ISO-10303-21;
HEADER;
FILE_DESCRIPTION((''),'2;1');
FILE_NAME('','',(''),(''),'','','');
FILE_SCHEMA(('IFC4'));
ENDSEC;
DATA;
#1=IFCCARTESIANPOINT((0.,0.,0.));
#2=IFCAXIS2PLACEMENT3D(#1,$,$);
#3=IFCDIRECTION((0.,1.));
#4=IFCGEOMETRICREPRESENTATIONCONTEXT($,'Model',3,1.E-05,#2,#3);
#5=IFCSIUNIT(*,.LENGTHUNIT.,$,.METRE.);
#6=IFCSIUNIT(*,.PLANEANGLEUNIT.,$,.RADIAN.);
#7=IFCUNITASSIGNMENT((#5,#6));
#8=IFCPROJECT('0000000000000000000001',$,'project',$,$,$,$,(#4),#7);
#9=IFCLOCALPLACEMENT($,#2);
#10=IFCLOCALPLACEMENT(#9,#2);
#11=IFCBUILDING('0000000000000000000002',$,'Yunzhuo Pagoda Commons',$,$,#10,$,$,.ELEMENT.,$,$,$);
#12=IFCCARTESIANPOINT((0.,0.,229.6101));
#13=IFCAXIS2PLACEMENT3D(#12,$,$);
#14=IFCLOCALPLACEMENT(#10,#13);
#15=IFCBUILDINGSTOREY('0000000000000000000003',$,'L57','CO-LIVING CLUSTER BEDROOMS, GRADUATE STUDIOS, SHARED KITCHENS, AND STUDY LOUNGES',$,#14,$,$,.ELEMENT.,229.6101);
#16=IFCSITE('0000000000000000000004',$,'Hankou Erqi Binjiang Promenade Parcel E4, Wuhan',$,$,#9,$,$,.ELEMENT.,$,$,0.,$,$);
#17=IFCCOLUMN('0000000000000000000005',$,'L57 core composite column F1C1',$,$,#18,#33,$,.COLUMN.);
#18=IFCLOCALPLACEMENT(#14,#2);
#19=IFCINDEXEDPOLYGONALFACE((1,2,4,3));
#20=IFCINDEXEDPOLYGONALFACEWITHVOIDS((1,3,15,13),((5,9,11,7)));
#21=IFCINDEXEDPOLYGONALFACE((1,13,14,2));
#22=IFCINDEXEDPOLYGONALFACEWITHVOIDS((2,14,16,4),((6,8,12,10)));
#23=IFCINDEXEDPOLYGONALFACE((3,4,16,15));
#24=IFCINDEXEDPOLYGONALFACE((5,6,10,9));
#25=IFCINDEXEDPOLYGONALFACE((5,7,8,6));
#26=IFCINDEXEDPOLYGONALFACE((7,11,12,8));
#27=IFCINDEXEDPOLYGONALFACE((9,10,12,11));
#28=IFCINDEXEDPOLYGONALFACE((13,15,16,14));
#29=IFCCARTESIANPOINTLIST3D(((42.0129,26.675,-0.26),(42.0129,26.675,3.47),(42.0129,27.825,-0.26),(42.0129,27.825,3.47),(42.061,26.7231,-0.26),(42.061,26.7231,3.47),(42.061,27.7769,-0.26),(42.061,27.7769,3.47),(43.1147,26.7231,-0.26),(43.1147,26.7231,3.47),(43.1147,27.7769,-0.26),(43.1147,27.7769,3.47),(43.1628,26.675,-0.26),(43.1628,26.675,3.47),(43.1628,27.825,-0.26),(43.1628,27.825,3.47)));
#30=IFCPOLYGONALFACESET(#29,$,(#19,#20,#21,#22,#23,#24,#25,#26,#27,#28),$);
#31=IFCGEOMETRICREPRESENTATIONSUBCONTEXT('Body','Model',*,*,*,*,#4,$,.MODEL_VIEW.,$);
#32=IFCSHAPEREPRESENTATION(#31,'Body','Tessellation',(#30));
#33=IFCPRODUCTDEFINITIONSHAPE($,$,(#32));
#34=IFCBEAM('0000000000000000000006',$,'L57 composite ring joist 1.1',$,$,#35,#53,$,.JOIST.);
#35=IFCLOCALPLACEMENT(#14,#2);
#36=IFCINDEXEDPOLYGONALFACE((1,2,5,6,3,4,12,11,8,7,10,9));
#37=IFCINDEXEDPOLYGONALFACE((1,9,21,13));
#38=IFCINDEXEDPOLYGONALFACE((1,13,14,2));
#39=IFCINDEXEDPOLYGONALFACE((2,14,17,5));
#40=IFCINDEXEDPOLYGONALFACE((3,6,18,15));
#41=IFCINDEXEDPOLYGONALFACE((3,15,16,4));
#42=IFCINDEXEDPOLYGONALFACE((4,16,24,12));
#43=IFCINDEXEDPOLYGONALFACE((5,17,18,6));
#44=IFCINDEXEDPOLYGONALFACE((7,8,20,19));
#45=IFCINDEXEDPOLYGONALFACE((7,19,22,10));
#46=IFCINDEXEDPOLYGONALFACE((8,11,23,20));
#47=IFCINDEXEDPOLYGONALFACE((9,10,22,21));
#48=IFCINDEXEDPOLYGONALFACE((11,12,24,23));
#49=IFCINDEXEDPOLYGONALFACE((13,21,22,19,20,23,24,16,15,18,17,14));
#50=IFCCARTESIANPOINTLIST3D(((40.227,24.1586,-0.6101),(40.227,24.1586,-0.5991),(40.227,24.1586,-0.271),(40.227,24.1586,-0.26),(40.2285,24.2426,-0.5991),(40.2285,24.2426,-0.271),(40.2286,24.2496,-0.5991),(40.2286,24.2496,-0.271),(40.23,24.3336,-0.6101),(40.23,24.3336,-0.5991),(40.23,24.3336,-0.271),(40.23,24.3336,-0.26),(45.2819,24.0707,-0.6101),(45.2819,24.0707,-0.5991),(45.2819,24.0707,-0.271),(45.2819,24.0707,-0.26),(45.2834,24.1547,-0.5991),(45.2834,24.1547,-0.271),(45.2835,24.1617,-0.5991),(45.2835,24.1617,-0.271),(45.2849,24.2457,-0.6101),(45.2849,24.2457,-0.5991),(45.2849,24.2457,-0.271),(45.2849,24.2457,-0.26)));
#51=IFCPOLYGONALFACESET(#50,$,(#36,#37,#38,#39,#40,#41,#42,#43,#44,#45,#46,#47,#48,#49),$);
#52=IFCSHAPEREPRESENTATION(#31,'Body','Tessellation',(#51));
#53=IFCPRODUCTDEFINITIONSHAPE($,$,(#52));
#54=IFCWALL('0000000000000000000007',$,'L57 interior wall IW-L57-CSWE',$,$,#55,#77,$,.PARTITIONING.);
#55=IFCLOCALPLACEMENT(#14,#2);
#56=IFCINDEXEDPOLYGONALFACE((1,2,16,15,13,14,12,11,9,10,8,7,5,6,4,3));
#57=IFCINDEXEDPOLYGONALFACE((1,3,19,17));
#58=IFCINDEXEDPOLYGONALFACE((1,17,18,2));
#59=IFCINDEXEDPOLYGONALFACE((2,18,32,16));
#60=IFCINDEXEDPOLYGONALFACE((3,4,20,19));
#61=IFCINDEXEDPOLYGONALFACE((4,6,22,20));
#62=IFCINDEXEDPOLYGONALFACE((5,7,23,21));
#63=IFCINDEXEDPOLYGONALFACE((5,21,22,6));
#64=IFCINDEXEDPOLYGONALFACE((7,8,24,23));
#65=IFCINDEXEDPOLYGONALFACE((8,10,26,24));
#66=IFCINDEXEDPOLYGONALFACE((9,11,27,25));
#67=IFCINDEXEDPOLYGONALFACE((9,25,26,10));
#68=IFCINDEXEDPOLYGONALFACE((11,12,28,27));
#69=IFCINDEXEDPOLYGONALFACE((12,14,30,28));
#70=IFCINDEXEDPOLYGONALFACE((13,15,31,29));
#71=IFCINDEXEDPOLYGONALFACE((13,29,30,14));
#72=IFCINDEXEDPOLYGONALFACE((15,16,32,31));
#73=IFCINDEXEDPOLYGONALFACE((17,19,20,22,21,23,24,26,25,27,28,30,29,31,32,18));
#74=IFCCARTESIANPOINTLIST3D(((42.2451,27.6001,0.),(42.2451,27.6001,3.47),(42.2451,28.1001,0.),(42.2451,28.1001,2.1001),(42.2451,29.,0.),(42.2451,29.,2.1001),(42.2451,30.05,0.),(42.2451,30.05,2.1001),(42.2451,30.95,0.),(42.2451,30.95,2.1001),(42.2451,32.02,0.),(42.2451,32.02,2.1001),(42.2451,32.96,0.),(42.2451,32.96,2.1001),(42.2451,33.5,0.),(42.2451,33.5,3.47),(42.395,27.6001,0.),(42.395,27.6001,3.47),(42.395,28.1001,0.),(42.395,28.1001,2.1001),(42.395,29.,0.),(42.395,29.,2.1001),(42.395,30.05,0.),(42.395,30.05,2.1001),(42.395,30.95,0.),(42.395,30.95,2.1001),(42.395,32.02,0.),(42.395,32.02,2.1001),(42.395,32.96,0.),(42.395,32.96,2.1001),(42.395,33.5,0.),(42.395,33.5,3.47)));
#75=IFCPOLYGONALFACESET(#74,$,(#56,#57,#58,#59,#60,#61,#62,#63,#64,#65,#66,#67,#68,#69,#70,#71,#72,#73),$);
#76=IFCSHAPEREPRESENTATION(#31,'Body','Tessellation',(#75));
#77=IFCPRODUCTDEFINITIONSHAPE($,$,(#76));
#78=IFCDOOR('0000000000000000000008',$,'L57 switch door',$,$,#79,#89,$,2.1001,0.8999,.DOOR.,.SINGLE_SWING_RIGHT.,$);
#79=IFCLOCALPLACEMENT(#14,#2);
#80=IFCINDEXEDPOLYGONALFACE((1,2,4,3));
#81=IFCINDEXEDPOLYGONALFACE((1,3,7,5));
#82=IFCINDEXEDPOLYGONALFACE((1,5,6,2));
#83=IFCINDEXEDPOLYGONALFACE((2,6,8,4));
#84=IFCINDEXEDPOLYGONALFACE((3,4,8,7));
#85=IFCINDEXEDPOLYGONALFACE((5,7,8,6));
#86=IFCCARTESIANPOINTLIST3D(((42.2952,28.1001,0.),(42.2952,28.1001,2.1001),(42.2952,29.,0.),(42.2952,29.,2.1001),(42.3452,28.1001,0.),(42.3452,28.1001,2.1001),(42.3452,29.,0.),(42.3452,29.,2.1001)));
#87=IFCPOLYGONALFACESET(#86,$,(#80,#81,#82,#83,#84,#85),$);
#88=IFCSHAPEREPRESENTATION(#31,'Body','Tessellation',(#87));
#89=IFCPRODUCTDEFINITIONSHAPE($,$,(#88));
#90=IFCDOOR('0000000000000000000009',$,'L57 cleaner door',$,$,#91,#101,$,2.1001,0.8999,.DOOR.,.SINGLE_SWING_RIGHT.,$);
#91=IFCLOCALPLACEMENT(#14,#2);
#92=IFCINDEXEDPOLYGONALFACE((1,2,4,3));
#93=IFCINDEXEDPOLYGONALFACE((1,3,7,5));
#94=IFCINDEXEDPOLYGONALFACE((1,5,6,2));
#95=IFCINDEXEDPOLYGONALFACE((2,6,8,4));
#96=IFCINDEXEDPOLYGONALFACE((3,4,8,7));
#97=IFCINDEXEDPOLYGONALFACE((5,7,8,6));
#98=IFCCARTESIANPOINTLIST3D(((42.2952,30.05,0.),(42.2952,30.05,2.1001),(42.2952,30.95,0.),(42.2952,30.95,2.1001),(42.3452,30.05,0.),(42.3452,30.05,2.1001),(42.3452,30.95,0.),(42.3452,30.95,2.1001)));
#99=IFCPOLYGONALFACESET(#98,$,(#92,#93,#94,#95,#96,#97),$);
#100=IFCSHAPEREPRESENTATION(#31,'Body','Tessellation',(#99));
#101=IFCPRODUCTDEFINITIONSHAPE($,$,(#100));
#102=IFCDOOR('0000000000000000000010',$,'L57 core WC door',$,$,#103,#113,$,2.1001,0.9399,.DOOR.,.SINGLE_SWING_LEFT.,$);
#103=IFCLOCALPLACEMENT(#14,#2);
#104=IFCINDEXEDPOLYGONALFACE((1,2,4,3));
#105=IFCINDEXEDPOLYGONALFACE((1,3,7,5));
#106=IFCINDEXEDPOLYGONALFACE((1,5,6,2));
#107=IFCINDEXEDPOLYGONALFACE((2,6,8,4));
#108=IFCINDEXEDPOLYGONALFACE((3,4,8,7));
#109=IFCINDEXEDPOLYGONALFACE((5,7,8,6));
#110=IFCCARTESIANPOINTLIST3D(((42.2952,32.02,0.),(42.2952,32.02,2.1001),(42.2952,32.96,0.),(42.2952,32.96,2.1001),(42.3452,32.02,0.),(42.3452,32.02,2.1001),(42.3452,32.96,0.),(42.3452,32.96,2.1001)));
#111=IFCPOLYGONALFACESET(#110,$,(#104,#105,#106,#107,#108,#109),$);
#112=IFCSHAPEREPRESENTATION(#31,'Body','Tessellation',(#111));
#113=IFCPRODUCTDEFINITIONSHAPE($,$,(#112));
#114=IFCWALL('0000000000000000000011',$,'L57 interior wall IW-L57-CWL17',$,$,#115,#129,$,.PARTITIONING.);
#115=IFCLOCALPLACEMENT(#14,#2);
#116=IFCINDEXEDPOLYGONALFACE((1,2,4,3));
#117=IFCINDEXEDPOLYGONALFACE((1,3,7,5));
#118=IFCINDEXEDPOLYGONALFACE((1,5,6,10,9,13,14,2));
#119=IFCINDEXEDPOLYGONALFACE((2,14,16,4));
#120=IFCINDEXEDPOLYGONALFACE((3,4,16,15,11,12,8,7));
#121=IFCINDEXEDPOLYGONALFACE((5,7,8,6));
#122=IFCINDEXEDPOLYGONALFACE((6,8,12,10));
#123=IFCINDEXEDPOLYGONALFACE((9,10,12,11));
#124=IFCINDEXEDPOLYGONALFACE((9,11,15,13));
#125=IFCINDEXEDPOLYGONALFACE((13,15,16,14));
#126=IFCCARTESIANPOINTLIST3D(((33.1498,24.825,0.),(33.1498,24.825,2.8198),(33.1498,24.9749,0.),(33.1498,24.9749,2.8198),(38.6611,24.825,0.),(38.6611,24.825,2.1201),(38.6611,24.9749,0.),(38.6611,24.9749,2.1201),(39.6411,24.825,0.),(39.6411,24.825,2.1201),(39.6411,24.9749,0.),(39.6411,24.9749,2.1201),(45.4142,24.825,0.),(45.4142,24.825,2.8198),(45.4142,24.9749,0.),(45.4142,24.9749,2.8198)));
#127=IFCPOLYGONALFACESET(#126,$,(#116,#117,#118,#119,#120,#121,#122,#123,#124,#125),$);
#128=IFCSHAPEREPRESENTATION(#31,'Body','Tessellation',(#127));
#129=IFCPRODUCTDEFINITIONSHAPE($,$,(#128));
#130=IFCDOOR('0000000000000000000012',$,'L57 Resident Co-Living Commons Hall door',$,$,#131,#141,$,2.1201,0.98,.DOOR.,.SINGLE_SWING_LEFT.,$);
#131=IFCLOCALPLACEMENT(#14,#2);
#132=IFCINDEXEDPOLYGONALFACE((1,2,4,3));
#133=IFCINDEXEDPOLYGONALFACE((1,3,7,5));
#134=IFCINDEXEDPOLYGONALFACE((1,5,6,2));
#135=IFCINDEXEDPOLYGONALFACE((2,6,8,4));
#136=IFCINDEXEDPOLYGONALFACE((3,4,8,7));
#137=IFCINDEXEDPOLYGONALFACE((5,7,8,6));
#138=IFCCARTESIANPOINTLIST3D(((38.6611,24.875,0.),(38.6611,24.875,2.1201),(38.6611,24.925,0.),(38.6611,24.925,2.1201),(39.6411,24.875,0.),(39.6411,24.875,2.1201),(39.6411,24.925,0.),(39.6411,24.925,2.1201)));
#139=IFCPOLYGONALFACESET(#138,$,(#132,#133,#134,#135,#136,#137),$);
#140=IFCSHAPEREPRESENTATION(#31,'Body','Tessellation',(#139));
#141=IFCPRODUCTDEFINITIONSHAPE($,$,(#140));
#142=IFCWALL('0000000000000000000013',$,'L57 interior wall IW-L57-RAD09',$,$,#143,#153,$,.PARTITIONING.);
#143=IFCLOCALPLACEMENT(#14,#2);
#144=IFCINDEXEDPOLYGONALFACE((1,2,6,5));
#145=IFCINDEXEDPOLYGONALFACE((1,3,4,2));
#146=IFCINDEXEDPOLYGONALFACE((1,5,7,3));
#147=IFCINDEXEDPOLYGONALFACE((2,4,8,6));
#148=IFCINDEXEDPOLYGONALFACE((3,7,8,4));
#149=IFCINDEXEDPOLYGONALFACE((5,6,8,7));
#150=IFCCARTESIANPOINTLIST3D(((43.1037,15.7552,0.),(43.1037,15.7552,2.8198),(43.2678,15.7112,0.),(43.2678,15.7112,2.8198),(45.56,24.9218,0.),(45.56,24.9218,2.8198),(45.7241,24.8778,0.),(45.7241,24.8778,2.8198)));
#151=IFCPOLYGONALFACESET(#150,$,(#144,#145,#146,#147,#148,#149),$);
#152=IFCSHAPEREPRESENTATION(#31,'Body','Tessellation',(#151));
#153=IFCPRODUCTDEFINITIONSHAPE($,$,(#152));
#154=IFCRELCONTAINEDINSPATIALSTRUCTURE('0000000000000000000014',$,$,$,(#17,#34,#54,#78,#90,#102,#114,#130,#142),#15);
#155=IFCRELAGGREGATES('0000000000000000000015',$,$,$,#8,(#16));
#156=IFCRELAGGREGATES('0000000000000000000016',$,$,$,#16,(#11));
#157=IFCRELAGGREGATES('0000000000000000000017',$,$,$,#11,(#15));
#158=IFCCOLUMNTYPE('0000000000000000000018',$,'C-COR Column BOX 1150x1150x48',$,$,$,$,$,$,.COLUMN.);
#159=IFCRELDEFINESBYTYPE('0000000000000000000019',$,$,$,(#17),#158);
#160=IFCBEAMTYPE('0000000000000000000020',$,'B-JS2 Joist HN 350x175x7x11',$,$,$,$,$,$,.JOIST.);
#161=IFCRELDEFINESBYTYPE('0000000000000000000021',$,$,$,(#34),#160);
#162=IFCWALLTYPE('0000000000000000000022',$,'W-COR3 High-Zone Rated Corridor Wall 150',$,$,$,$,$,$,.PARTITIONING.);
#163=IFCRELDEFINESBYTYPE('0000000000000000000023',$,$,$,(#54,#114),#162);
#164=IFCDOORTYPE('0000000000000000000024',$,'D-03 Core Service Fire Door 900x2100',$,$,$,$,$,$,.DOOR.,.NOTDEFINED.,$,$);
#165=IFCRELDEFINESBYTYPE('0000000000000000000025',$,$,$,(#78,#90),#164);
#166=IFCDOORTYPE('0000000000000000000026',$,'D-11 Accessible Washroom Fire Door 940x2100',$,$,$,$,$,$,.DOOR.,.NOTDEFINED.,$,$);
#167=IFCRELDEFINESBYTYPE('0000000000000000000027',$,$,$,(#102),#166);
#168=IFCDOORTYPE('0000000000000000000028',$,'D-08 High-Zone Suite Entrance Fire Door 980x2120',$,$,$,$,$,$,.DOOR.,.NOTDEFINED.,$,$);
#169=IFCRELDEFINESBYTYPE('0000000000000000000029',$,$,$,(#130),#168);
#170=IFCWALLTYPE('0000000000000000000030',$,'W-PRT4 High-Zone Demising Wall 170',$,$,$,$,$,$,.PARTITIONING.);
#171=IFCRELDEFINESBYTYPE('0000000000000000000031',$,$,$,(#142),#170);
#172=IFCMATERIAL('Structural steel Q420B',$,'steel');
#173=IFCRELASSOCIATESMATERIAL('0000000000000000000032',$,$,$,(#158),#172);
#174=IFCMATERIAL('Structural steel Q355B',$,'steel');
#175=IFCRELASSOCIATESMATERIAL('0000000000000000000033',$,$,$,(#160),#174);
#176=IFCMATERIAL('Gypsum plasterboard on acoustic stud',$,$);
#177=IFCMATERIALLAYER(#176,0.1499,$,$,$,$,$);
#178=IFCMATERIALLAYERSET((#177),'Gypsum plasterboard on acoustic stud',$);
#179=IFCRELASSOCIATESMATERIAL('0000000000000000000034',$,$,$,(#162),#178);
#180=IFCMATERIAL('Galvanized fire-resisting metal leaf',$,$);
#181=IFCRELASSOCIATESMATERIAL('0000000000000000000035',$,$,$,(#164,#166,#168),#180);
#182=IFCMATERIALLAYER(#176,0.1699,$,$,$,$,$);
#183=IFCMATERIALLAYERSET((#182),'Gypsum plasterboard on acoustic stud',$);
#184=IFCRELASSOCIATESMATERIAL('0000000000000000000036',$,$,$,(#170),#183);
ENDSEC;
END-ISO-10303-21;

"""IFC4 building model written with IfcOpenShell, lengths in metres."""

from ifc_helpers import new_model, si_unit, direction, frame, frame_2d, origin, origin_with_axes, origin_2d, place, context, subcontext, project, spatial, rectangle, hollow_rectangle, i_section, extrude, source, transform, mapped, material, layer, layer_set, material_profile, profile_set, type_object, element, fill, save


model = new_model("IFC4")

# Units and contexts
model_context = context("Model", 3, precision=1e-05, world=origin(), true_north=direction((0.0, 1.0)))
body_context = subcontext(model_context, "Body", "Model", "MODEL_VIEW")
ifc_project = project(units=[si_unit("LENGTHUNIT", "METRE"), si_unit("PLANEANGLEUNIT", "RADIAN")], contexts=[model_context])

# Site, building, storey
site_placement = place(None, origin())
site = spatial("IfcSite", under=ifc_project, at=site_placement, Name="Hankou Erqi Binjiang Promenade Parcel E4, Wuhan", CompositionType="ELEMENT", RefElevation=0.0)
building_placement = place(site_placement, origin())
building = spatial("IfcBuilding", under=site, at=building_placement, Name="Yunzhuo Pagoda Commons", CompositionType="ELEMENT")
storey_placement = place(building_placement, frame((0.0, 0.0, 229.6101)))
storey = spatial("IfcBuildingStorey", under=building, at=storey_placement, Name="L57", Description="CO-LIVING CLUSTER BEDROOMS, GRADUATE STUDIOS, SHARED KITCHENS, AND STUDY LOUNGES", CompositionType="ELEMENT", Elevation=229.6101)

# Column
ifc_material_1 = material(Name="Structural steel Q420B", Category="steel")
ifc_material_profile_1 = material_profile(ifc_material_1, hollow_rectangle(XDim=1.1499, YDim=1.1499, WallThickness=0.0481, at=origin_2d()), Name="Structural steel Q420B")
ifc_profile_set_1 = profile_set([ifc_material_profile_1], Name="Structural steel Q420B")
column_type = type_object("IfcColumnType", Name="C-COR Column BOX 1150x1150x48", PredefinedType="COLUMN", material=ifc_profile_set_1)
shared_shape_1 = source(origin(), body_context, "Body", "SweptSolid", [
    extrude(hollow_rectangle(XDim=1.1499, YDim=1.1499, WallThickness=0.0481, at=origin_2d()), origin(), (0.0, 0.0, 1.0), 3.73),
])
column_placement = place(storey_placement, frame((42.5879, 27.25, -0.26), z_axis=(0.0, 0.0, 1.0), x_axis=(1.0, 0.0, 0.0)))
element("IfcColumn", 1, at=column_placement, inside=storey, type_object=column_type, Name="L57 core composite column F1C1", PredefinedType="COLUMN", context=body_context, shape_type="MappedRepresentation", body=[
    mapped(shared_shape_1, transform((0.0, 0.0, 0.0), scale=1.0)),
])

# Beam
ifc_material_2 = material(Name="Structural steel Q355B", Category="steel")
ifc_material_profile_2 = material_profile(ifc_material_2, i_section(OverallWidth=0.175, OverallDepth=0.3501, WebThickness=0.0071, FlangeThickness=0.011, at=origin_2d()), Name="Structural steel Q355B")
ifc_profile_set_2 = profile_set([ifc_material_profile_2], Name="Structural steel Q355B")
beam_type = type_object("IfcBeamType", Name="B-JS2 Joist HN 350x175x7x11", PredefinedType="JOIST", material=ifc_profile_set_2)
shared_shape_2 = source(origin(), body_context, "Body", "SweptSolid", [
    extrude(i_section(OverallWidth=0.175, OverallDepth=0.3501, WebThickness=0.0071, FlangeThickness=0.011, at=origin_2d()), origin(), (0.0, 0.0, 1.0), 5.0557),
])
beam_placement = place(storey_placement, frame((40.2285, 24.2461, -0.4351), z_axis=(0.999849, -0.017384, 0.0), x_axis=(0.017384, 0.999849, 0.0)))
element("IfcBeam", 2, at=beam_placement, inside=storey, type_object=beam_type, Name="L57 composite ring joist 1.1", PredefinedType="JOIST", context=body_context, shape_type="MappedRepresentation", body=[
    mapped(shared_shape_2, transform((0.0, 0.0, 0.0), scale=1.0)),
])

# Wall, openings, doors
ifc_material_3 = material(Name="Gypsum plasterboard on acoustic stud")
ifc_layer_1 = layer(ifc_material_3, 0.1499)
ifc_layer_set_1 = layer_set([ifc_layer_1], Name="Gypsum plasterboard on acoustic stud")
wall_type_1 = type_object("IfcWallType", Name="W-COR3 High-Zone Rated Corridor Wall 150", PredefinedType="PARTITIONING", material=ifc_layer_set_1)
wall_1_placement = place(storey_placement, frame((42.3201, 27.6001, 0.0), z_axis=(0.0, 0.0, 1.0), x_axis=(0.0, 1.0, 0.0)))
wall_1 = element("IfcWall", 3, at=wall_1_placement, inside=storey, type_object=wall_type_1, Name="L57 interior wall IW-L57-CSWE", PredefinedType="PARTITIONING", context=body_context, shape_type="SweptSolid", body=[
    extrude(rectangle(XDim=5.8999, YDim=0.1499, at=frame_2d((2.95, 0.0))), origin(), (0.0, 0.0, 1.0), 3.47),
])
opening_1_placement = place(wall_1_placement, frame((0.5, 0.0, 0.0)))
opening_1 = element("IfcOpeningElement", 4, at=opening_1_placement, cuts=wall_1, PredefinedType="OPENING", context=body_context, shape_type="SweptSolid", body=[
    extrude(rectangle(XDim=0.8999, YDim=2.1001, at=frame_2d((0.45, 1.05))), frame((0.0, 0.085, 0.0), z_axis=(0.0, -1.0, 0.0), x_axis=(1.0, 0.0, 0.0)), (0.0, 0.0, 1.0), 0.1699),
])
opening_2_placement = place(wall_1_placement, frame((2.45, 0.0, 0.0)))
opening_2 = element("IfcOpeningElement", 5, at=opening_2_placement, cuts=wall_1, PredefinedType="OPENING", context=body_context, shape_type="SweptSolid", body=[
    extrude(rectangle(XDim=0.8999, YDim=2.1001, at=frame_2d((0.45, 1.05))), frame((0.0, 0.085, 0.0), z_axis=(0.0, -1.0, 0.0), x_axis=(1.0, 0.0, 0.0)), (0.0, 0.0, 1.0), 0.1699),
])
opening_3_placement = place(wall_1_placement, frame((4.4199, 0.0, 0.0)))
opening_3 = element("IfcOpeningElement", 6, at=opening_3_placement, cuts=wall_1, PredefinedType="OPENING", context=body_context, shape_type="SweptSolid", body=[
    extrude(rectangle(XDim=0.9399, YDim=2.1001, at=frame_2d((0.47, 1.05))), frame((0.0, 0.085, 0.0), z_axis=(0.0, -1.0, 0.0), x_axis=(1.0, 0.0, 0.0)), (0.0, 0.0, 1.0), 0.1699),
])
ifc_material_4 = material(Name="Galvanized fire-resisting metal leaf")
door_type_1 = type_object("IfcDoorType", Name="D-03 Core Service Fire Door 900x2100", OperationType="NOTDEFINED", PredefinedType="DOOR", material=ifc_material_4)
shared_shape_3 = source(origin(), body_context, "Body", "SweptSolid", [
    extrude(rectangle(XDim=0.8999, YDim=2.1001, at=frame_2d((0.45, 1.05))), frame((0.0, 0.0249, 0.0), z_axis=(0.0, -1.0, 0.0), x_axis=(1.0, 0.0, 0.0)), (0.0, 0.0, 1.0), 0.05),
])
door_1_placement = place(opening_1_placement, origin_with_axes())
door_1 = element("IfcDoor", 7, at=door_1_placement, inside=storey, type_object=door_type_1, Name="L57 switch door", OperationType="SINGLE_SWING_RIGHT", OverallHeight=2.1001, OverallWidth=0.8999, PredefinedType="DOOR", context=body_context, shape_type="MappedRepresentation", body=[
    mapped(shared_shape_3, transform((0.0, 0.0, 0.0), scale=1.0)),
])
fill(opening_1, door_1)
door_2_placement = place(opening_2_placement, origin_with_axes())
door_2 = element("IfcDoor", 8, at=door_2_placement, inside=storey, type_object=door_type_1, Name="L57 cleaner door", OperationType="SINGLE_SWING_RIGHT", OverallHeight=2.1001, OverallWidth=0.8999, PredefinedType="DOOR", context=body_context, shape_type="MappedRepresentation", body=[
    mapped(shared_shape_3, transform((0.0, 0.0, 0.0), scale=1.0)),
])
fill(opening_2, door_2)
door_type_2 = type_object("IfcDoorType", Name="D-11 Accessible Washroom Fire Door 940x2100", OperationType="NOTDEFINED", PredefinedType="DOOR", material=ifc_material_4)
shared_shape_4 = source(origin(), body_context, "Body", "SweptSolid", [
    extrude(rectangle(XDim=0.9399, YDim=2.1001, at=frame_2d((0.47, 1.05))), frame((0.0, 0.0249, 0.0), z_axis=(0.0, -1.0, 0.0), x_axis=(1.0, 0.0, 0.0)), (0.0, 0.0, 1.0), 0.05),
])
door_3_placement = place(opening_3_placement, origin_with_axes())
door_3 = element("IfcDoor", 9, at=door_3_placement, inside=storey, type_object=door_type_2, Name="L57 core WC door", OperationType="SINGLE_SWING_LEFT", OverallHeight=2.1001, OverallWidth=0.9399, PredefinedType="DOOR", context=body_context, shape_type="MappedRepresentation", body=[
    mapped(shared_shape_4, transform((0.0, 0.0, 0.0), scale=1.0)),
])
fill(opening_3, door_3)

# Wall, opening, door
wall_2_placement = place(storey_placement, frame((45.4143, 24.8999, 0.0), z_axis=(0.0, 0.0, 1.0), x_axis=(-1.0, 0.0, 0.0)))
wall_2 = element("IfcWall", 10, at=wall_2_placement, inside=storey, type_object=wall_type_1, Name="L57 interior wall IW-L57-CWL17", PredefinedType="PARTITIONING", context=body_context, shape_type="SweptSolid", body=[
    extrude(rectangle(XDim=12.2644, YDim=0.1499, at=frame_2d((6.1323, 0.0))), origin(), (0.0, 0.0, 1.0), 2.8198),
])
opening_4_placement = place(wall_2_placement, frame((5.7732, 0.0, 0.0)))
opening_4 = element("IfcOpeningElement", 11, at=opening_4_placement, cuts=wall_2, PredefinedType="OPENING", context=body_context, shape_type="SweptSolid", body=[
    extrude(rectangle(XDim=0.98, YDim=2.1201, at=frame_2d((0.49, 1.0601))), frame((0.0, 0.085, 0.0), z_axis=(0.0, -1.0, 0.0), x_axis=(1.0, 0.0, 0.0)), (0.0, 0.0, 1.0), 0.1699),
])
door_type_3 = type_object("IfcDoorType", Name="D-08 High-Zone Suite Entrance Fire Door 980x2120", OperationType="NOTDEFINED", PredefinedType="DOOR", material=ifc_material_4)
shared_shape_5 = source(origin(), body_context, "Body", "SweptSolid", [
    extrude(rectangle(XDim=0.98, YDim=2.1201, at=frame_2d((0.49, 1.0601))), frame((0.0, 0.0249, 0.0), z_axis=(0.0, -1.0, 0.0), x_axis=(1.0, 0.0, 0.0)), (0.0, 0.0, 1.0), 0.05),
])
door_4_placement = place(opening_4_placement, origin_with_axes())
door_4 = element("IfcDoor", 12, at=door_4_placement, inside=storey, type_object=door_type_3, Name="L57 Resident Co-Living Commons Hall door", OperationType="SINGLE_SWING_LEFT", OverallHeight=2.1201, OverallWidth=0.98, PredefinedType="DOOR", context=body_context, shape_type="MappedRepresentation", body=[
    mapped(shared_shape_5, transform((0.0, 0.0, 0.0), scale=1.0)),
])
fill(opening_4, door_4)

# Wall
ifc_layer_2 = layer(ifc_material_3, 0.1699)
ifc_layer_set_2 = layer_set([ifc_layer_2], Name="Gypsum plasterboard on acoustic stud")
wall_type_2 = type_object("IfcWallType", Name="W-PRT4 High-Zone Demising Wall 170", PredefinedType="PARTITIONING", material=ifc_layer_set_2)
wall_3_placement = place(storey_placement, frame((45.6421, 24.8999, 0.0), z_axis=(0.0, 0.0, 1.0), x_axis=(-0.258833, -0.965922, 0.0)))
element("IfcWall", 13, at=wall_3_placement, inside=storey, type_object=wall_type_2, Name="L57 interior wall IW-L57-RAD09", PredefinedType="PARTITIONING", context=body_context, shape_type="SweptSolid", body=[
    extrude(rectangle(XDim=9.49, YDim=0.1699, at=frame_2d((4.7451, 0.0))), origin(), (0.0, 0.0, 1.0), 2.8198),
])

save(model, "model.ifc")
